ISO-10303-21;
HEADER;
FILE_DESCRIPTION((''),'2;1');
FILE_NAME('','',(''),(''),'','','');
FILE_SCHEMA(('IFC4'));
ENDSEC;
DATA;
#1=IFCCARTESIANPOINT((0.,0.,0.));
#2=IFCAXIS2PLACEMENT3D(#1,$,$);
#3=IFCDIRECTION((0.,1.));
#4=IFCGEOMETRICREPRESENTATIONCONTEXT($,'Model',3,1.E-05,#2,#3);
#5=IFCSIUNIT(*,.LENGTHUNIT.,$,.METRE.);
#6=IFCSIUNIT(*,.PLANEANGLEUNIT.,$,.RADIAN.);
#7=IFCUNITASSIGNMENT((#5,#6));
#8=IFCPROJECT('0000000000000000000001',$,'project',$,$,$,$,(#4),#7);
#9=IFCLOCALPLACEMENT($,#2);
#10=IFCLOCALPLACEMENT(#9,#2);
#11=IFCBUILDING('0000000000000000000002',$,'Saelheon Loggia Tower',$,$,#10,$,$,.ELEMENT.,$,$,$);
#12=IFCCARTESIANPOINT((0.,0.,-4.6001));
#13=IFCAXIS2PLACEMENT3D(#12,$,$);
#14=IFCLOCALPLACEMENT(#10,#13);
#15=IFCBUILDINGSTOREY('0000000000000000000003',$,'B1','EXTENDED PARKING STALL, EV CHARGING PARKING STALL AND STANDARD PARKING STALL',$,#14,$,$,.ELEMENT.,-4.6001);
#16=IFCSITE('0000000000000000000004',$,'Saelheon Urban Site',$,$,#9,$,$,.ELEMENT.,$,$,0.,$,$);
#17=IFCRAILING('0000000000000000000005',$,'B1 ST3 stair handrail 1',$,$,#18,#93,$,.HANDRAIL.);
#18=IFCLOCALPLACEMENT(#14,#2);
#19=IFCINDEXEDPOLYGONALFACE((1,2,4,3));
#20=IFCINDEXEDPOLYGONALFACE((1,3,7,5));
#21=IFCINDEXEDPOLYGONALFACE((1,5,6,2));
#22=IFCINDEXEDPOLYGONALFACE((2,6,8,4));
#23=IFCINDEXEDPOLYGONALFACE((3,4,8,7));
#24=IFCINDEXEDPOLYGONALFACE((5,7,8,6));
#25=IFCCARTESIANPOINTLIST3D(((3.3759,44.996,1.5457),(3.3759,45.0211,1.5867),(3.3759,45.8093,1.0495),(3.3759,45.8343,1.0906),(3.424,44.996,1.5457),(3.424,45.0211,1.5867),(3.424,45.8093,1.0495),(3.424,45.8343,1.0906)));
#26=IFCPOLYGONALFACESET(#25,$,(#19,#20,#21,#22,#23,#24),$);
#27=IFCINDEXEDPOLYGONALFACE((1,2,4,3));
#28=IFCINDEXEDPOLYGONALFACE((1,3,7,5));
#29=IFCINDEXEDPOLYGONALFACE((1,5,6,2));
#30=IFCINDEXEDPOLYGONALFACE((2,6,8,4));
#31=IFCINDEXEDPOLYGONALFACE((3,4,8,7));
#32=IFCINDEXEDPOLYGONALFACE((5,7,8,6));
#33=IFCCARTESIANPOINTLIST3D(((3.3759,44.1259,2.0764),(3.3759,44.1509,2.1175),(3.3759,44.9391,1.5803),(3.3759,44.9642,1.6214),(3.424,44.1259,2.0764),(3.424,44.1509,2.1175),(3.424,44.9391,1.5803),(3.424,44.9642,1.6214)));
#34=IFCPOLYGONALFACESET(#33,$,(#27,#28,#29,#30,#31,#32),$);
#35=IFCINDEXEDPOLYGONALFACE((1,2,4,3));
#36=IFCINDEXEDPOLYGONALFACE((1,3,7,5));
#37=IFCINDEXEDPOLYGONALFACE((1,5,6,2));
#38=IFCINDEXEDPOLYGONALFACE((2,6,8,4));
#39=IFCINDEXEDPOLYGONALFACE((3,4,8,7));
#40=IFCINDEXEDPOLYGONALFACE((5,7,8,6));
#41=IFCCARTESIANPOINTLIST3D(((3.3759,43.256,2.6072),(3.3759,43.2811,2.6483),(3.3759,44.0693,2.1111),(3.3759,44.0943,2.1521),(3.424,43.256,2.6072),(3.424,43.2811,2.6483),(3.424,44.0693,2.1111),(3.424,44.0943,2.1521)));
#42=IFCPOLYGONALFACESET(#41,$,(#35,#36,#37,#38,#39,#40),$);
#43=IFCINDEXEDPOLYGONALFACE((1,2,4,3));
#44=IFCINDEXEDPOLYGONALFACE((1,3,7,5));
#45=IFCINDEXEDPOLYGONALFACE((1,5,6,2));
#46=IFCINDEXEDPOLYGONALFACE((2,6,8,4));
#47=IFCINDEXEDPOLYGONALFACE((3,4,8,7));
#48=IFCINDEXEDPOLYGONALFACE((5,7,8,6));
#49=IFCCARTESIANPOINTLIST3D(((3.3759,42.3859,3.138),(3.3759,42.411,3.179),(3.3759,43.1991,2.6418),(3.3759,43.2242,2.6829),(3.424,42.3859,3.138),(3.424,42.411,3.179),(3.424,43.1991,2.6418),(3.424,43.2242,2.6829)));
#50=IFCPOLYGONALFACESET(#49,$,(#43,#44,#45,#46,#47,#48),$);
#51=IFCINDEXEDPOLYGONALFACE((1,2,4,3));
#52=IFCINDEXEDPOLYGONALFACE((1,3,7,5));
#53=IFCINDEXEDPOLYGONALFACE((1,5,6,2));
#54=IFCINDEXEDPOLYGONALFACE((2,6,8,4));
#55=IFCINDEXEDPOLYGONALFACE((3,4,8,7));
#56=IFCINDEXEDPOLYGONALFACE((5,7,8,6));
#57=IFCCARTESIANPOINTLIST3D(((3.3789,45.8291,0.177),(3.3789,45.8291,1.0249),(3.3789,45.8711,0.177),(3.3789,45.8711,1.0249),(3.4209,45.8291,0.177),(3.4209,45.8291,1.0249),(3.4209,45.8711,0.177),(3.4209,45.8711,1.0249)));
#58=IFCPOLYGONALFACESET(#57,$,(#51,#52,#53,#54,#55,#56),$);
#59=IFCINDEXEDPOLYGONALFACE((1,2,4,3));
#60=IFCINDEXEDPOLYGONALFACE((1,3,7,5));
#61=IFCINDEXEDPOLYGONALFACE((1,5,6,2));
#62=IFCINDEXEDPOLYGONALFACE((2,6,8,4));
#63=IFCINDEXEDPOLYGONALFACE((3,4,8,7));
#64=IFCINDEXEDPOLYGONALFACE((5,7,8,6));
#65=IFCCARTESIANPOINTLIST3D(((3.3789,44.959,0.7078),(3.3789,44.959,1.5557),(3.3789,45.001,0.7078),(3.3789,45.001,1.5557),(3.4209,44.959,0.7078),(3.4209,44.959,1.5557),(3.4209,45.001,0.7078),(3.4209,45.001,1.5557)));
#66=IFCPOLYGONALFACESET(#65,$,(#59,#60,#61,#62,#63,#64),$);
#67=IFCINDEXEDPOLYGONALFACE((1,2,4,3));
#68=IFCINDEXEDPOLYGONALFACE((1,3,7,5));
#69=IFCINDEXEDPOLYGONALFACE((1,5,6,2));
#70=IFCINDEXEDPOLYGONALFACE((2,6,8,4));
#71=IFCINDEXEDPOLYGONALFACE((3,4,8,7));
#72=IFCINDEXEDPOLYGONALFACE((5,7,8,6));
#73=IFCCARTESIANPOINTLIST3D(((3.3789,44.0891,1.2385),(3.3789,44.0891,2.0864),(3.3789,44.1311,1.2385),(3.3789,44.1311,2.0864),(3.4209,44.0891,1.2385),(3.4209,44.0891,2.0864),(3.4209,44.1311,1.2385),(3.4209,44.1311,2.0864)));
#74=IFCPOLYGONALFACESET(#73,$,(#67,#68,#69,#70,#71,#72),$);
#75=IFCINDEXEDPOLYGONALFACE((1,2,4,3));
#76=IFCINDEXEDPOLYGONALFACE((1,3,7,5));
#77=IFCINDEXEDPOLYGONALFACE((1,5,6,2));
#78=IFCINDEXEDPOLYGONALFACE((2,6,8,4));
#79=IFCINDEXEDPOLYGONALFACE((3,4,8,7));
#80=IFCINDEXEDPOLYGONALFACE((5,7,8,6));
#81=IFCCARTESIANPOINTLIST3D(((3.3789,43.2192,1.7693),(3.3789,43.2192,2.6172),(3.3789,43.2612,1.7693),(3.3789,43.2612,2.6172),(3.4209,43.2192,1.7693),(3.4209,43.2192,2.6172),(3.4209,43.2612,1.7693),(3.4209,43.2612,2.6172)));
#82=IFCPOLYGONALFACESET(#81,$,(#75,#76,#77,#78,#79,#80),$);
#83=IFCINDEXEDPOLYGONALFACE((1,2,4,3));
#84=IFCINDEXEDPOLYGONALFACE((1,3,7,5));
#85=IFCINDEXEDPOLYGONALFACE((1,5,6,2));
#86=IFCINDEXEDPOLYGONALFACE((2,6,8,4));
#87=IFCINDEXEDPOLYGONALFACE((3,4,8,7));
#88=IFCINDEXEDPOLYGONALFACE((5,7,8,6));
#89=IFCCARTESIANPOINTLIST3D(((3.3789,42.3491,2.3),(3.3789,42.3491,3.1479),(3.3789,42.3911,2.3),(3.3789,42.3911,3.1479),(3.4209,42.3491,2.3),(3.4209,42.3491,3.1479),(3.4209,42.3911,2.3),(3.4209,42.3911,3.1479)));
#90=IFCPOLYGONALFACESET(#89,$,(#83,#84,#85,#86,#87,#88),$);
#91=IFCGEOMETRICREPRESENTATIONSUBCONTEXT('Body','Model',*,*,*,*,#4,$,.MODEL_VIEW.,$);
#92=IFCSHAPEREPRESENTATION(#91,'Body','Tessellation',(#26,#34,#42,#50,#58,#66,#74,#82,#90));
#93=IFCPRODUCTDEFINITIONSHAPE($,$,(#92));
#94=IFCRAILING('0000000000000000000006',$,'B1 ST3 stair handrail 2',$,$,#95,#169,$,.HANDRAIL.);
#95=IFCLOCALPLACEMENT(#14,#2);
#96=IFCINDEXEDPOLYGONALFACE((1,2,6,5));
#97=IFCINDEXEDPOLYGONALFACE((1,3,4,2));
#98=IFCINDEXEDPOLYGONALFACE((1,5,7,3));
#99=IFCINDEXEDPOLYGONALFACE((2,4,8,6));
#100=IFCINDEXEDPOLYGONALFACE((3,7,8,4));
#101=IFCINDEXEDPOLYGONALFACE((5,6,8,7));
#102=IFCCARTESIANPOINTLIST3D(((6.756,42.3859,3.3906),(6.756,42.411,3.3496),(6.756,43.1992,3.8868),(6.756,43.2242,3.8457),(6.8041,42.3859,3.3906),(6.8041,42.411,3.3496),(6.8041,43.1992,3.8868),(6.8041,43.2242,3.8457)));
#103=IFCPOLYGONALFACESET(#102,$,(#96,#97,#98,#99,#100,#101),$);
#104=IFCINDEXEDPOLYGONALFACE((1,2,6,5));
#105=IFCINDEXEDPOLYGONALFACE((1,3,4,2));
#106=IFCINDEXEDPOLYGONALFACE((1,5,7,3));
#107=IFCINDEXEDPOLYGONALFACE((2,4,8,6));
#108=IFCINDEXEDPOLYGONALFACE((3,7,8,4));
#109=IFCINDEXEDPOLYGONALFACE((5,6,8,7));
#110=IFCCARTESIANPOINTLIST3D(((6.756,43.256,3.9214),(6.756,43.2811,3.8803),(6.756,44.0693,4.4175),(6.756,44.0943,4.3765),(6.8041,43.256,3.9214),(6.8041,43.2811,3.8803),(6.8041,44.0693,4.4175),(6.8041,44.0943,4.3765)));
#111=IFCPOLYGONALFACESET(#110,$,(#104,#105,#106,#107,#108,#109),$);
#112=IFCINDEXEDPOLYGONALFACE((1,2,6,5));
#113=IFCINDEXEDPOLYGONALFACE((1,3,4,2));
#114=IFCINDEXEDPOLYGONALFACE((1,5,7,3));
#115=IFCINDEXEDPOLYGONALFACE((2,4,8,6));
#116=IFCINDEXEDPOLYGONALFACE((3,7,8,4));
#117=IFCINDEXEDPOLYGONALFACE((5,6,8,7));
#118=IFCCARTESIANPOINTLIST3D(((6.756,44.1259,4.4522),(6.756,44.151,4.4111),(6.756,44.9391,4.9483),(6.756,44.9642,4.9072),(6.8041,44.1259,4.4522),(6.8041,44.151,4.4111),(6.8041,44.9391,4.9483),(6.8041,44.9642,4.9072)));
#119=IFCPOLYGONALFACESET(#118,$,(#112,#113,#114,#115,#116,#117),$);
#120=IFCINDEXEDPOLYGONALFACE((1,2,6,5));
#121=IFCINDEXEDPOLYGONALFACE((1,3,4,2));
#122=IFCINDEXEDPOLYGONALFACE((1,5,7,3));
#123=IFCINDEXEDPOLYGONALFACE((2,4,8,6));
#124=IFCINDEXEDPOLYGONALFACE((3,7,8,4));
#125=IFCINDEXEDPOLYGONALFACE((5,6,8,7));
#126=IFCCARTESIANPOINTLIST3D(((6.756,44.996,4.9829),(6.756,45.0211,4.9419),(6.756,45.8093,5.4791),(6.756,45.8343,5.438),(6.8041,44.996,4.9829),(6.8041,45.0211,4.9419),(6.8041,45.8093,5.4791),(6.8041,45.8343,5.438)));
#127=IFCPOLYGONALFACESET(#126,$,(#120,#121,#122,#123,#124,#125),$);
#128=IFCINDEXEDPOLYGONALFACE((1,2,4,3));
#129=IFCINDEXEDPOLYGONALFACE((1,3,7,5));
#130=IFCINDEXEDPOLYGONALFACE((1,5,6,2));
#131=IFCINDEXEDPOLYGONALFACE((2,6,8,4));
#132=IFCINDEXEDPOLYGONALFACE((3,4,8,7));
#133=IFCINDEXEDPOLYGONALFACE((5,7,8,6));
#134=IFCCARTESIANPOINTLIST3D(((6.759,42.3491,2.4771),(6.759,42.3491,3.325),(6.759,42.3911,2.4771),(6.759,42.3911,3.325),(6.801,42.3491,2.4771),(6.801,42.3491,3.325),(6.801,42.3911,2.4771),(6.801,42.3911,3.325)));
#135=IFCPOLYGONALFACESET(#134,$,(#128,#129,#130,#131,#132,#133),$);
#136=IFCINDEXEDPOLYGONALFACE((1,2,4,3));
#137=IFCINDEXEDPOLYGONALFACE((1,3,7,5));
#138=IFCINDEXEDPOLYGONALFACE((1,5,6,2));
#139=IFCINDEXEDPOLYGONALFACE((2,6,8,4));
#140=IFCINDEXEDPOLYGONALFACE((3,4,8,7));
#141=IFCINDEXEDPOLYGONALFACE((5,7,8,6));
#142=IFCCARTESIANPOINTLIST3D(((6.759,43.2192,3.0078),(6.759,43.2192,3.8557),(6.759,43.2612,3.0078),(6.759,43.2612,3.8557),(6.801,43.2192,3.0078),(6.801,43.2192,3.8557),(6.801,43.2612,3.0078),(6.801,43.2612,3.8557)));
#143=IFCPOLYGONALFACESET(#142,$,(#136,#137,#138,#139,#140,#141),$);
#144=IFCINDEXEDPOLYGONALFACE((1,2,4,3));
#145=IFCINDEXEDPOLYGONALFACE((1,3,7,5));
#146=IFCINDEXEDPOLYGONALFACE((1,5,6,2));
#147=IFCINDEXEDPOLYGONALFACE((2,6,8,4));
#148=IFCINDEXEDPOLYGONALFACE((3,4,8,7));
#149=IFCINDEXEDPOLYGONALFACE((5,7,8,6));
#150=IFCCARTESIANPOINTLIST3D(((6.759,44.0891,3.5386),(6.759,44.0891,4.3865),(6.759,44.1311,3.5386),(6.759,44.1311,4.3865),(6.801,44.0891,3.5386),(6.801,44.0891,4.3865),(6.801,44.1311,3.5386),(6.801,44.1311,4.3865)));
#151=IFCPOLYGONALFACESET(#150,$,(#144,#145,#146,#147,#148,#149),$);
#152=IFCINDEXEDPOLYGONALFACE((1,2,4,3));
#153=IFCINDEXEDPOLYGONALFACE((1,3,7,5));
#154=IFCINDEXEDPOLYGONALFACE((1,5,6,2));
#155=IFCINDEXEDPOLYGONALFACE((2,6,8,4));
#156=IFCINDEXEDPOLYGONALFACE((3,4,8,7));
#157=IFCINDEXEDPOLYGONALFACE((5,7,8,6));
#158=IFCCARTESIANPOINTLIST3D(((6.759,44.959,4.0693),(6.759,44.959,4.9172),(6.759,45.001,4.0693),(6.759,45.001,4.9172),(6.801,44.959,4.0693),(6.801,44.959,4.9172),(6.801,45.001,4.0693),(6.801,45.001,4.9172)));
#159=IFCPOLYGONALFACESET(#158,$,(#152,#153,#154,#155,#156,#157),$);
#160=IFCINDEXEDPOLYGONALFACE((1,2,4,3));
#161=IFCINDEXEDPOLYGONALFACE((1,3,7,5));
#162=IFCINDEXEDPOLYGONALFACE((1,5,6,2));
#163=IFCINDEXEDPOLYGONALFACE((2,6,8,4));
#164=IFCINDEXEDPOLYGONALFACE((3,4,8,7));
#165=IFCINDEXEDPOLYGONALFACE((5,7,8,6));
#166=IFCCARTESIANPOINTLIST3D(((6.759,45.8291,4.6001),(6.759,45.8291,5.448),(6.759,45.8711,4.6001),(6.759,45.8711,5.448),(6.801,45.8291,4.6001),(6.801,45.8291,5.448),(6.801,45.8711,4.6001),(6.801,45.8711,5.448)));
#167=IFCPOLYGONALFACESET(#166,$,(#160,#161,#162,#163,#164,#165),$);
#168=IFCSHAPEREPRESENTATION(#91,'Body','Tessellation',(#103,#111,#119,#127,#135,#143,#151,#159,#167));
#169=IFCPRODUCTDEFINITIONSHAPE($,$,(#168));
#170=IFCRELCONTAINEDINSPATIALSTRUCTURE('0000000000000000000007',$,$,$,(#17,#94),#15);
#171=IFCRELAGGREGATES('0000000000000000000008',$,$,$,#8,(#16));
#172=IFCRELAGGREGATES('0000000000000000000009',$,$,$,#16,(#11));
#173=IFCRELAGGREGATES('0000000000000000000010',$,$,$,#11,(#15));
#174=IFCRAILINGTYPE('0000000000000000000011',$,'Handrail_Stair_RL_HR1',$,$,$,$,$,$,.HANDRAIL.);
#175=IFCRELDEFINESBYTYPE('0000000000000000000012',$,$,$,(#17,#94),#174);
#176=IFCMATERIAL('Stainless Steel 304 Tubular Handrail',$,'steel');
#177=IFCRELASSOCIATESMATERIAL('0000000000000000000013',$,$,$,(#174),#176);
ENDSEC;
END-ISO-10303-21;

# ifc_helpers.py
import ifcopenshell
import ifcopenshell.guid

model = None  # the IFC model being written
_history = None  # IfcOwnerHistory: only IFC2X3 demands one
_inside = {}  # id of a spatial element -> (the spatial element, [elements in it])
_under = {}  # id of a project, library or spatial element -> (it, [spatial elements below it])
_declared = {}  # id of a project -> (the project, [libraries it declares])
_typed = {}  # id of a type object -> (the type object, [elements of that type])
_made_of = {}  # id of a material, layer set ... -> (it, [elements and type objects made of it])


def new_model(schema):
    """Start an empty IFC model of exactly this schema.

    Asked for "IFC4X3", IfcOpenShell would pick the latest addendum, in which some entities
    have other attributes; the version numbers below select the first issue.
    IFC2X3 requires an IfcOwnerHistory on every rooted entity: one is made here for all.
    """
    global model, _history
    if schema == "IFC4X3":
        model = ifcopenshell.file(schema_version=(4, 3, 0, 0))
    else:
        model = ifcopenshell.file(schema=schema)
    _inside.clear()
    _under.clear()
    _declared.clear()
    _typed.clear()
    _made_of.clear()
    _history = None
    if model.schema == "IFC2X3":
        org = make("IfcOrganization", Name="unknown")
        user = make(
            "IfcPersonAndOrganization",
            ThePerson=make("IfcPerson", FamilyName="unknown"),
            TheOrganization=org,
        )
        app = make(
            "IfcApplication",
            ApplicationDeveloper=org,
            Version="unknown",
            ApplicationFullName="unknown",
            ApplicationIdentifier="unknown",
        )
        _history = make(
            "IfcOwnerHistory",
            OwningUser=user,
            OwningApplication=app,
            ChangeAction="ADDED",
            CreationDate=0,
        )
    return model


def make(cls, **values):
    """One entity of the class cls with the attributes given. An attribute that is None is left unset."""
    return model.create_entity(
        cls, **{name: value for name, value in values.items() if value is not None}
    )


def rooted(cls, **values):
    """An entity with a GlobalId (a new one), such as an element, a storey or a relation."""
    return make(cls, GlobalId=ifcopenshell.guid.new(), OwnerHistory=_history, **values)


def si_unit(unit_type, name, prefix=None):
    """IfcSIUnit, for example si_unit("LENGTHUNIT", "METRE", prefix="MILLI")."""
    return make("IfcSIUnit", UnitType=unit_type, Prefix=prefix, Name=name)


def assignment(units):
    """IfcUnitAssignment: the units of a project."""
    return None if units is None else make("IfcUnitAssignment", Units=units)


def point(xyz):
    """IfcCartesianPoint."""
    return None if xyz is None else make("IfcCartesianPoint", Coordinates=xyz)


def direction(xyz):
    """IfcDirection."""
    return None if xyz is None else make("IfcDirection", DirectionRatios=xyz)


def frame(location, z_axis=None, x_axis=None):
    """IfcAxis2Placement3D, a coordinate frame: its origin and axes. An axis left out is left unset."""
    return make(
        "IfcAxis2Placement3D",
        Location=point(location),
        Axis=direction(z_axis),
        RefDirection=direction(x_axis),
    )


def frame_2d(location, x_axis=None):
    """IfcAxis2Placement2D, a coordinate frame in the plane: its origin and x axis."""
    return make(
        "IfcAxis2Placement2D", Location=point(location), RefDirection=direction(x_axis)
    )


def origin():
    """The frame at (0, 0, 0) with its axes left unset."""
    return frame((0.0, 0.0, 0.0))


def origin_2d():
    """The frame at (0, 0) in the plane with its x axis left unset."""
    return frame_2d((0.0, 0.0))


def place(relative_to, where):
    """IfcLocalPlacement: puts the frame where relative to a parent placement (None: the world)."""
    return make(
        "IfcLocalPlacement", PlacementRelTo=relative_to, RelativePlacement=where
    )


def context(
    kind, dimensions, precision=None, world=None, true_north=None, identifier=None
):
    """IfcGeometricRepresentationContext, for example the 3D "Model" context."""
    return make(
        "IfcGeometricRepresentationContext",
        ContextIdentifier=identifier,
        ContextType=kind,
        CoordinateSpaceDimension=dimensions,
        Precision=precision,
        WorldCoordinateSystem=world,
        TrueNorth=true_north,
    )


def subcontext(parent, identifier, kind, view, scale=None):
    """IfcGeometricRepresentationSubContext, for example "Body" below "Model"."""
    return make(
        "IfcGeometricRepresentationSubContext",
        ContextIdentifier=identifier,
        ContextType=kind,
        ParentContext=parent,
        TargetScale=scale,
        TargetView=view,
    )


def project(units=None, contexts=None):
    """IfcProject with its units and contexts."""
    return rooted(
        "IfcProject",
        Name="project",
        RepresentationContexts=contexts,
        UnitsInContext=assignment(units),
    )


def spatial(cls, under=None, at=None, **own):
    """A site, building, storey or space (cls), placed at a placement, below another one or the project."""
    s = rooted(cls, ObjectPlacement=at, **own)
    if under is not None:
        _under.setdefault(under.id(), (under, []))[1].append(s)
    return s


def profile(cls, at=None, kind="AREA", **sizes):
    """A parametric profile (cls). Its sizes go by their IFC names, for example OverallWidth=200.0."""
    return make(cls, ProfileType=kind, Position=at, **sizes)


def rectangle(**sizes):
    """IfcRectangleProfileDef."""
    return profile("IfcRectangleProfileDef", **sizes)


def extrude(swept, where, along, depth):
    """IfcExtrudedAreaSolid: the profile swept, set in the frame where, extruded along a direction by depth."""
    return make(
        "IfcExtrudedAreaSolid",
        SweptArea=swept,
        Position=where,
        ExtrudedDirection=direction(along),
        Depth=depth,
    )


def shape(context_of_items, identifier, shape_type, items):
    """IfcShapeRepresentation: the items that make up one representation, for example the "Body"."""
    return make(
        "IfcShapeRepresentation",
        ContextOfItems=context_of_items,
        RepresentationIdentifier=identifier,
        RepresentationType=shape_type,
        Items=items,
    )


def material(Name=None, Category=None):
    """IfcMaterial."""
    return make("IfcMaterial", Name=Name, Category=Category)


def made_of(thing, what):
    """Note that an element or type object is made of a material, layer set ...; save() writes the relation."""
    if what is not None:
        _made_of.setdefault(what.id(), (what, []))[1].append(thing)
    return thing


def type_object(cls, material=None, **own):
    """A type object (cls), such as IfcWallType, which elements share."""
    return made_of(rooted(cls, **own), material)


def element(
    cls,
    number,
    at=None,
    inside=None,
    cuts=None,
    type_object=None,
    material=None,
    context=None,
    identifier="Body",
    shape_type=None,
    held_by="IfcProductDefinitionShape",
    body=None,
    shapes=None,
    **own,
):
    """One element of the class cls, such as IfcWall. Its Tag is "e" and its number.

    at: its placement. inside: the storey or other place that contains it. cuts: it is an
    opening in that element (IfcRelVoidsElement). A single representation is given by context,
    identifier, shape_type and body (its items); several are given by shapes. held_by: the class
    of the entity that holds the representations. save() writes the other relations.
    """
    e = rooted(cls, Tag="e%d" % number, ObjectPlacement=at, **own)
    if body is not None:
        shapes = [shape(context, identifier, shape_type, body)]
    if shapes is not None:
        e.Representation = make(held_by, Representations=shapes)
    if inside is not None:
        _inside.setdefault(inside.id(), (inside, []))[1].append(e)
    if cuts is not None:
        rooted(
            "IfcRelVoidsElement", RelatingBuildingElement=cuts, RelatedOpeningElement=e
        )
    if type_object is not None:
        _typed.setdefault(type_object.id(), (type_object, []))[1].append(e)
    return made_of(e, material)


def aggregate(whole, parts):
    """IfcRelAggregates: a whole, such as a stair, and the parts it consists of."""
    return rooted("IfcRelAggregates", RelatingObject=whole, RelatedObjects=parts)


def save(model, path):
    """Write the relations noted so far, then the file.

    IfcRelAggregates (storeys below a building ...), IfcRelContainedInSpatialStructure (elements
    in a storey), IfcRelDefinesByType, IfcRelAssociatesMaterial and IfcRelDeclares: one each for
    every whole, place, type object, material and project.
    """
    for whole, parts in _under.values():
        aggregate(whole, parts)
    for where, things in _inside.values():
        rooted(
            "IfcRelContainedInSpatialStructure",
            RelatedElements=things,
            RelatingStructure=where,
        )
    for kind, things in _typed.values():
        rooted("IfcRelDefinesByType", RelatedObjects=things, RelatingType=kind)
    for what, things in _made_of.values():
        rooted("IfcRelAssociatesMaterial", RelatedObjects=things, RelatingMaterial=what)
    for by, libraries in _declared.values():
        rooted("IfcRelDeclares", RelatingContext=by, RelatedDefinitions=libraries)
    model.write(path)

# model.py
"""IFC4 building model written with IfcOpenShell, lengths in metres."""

from ifc_helpers import new_model, si_unit, direction, frame, origin, origin_2d, place, context, subcontext, project, spatial, rectangle, extrude, material, type_object, element, save


model = new_model("IFC4")

# Units and contexts
model_context = context("Model", 3, precision=1e-05, world=origin(), true_north=direction((0.0, 1.0)))
body_context = subcontext(model_context, "Body", "Model", "MODEL_VIEW")
ifc_project = project(units=[si_unit("LENGTHUNIT", "METRE"), si_unit("PLANEANGLEUNIT", "RADIAN")], contexts=[model_context])

# Site, building, storey
site_placement = place(None, origin())
site = spatial("IfcSite", under=ifc_project, at=site_placement, Name="Saelheon Urban Site", CompositionType="ELEMENT", RefElevation=0.0)
building_placement = place(site_placement, origin())
building = spatial("IfcBuilding", under=site, at=building_placement, Name="Saelheon Loggia Tower", CompositionType="ELEMENT")
storey_placement = place(building_placement, frame((0.0, 0.0, -4.6001)))
storey = spatial("IfcBuildingStorey", under=building, at=storey_placement, Name="B1", Description="EXTENDED PARKING STALL, EV CHARGING PARKING STALL AND STANDARD PARKING STALL", CompositionType="ELEMENT", Elevation=-4.6001)

# Railings
ifc_material_1 = material(Name="Stainless Steel 304 Tubular Handrail", Category="steel")
railing_type_1 = type_object("IfcRailingType", Name="Handrail_Stair_RL_HR1", PredefinedType="HANDRAIL", material=ifc_material_1)
railing_1_placement = place(storey_placement, frame((3.3999, 45.8501, 0.177)))
element("IfcRailing", 1, at=railing_1_placement, inside=storey, type_object=railing_type_1, Name="B1 ST3 stair handrail 1", PredefinedType="HANDRAIL", context=body_context, shape_type="SweptSolid", body=[
    extrude(rectangle(XDim=0.0481, YDim=0.0481, at=origin_2d()), frame((0.0, -0.0283, 0.8931), z_axis=(0.0, -0.853675, 0.520805), x_axis=(1.0, 0.0, 0.0)), (0.0, 0.0, 1.0), 0.9526),
    extrude(rectangle(XDim=0.0481, YDim=0.0481, at=origin_2d()), frame((0.0, -0.8984, 1.4238), z_axis=(0.0, -0.853675, 0.520805), x_axis=(1.0, 0.0, 0.0)), (0.0, 0.0, 1.0), 0.9526),
    extrude(rectangle(XDim=0.0481, YDim=0.0481, at=origin_2d()), frame((0.0, -1.7683, 1.9546), z_axis=(0.0, -0.853675, 0.520805), x_axis=(1.0, 0.0, 0.0)), (0.0, 0.0, 1.0), 0.9526),
    extrude(rectangle(XDim=0.0481, YDim=0.0481, at=origin_2d()), frame((0.0, -2.6384, 2.4854), z_axis=(0.0, -0.853675, 0.520805), x_axis=(1.0, 0.0, 0.0)), (0.0, 0.0, 1.0), 0.9526),
    extrude(rectangle(XDim=0.042, YDim=0.042, at=origin_2d()), origin(), (0.0, 0.0, 1.0), 0.8479),
    extrude(rectangle(XDim=0.042, YDim=0.042, at=origin_2d()), frame((0.0, -0.8701, 0.5308)), (0.0, 0.0, 1.0), 0.8479),
    extrude(rectangle(XDim=0.042, YDim=0.042, at=origin_2d()), frame((0.0, -1.74, 1.0615)), (0.0, 0.0, 1.0), 0.8479),
    extrude(rectangle(XDim=0.042, YDim=0.042, at=origin_2d()), frame((0.0, -2.6099, 1.5923)), (0.0, 0.0, 1.0), 0.8479),
    extrude(rectangle(XDim=0.042, YDim=0.042, at=origin_2d()), frame((0.0, -3.48, 2.123)), (0.0, 0.0, 1.0), 0.8479),
])
railing_2_placement = place(storey_placement, frame((6.78, 42.3701, 2.4771)))
element("IfcRailing", 2, at=railing_2_placement, inside=storey, type_object=railing_type_1, Name="B1 ST3 stair handrail 2", PredefinedType="HANDRAIL", context=body_context, shape_type="SweptSolid", body=[
    extrude(rectangle(XDim=0.0481, YDim=0.0481, at=origin_2d()), frame((0.0, 0.0283, 0.8931), z_axis=(0.0, 0.853675, 0.520805), x_axis=(-1.0, 0.0, 0.0)), (0.0, 0.0, 1.0), 0.9526),
    extrude(rectangle(XDim=0.0481, YDim=0.0481, at=origin_2d()), frame((0.0, 0.8984, 1.4238), z_axis=(0.0, 0.853675, 0.520805), x_axis=(-1.0, 0.0, 0.0)), (0.0, 0.0, 1.0), 0.9526),
    extrude(rectangle(XDim=0.0481, YDim=0.0481, at=origin_2d()), frame((0.0, 1.7683, 1.9546), z_axis=(0.0, 0.853675, 0.520805), x_axis=(-1.0, 0.0, 0.0)), (0.0, 0.0, 1.0), 0.9526),
    extrude(rectangle(XDim=0.0481, YDim=0.0481, at=origin_2d()), frame((0.0, 2.6384, 2.4854), z_axis=(0.0, 0.853675, 0.520805), x_axis=(-1.0, 0.0, 0.0)), (0.0, 0.0, 1.0), 0.9526),
    extrude(rectangle(XDim=0.042, YDim=0.042, at=origin_2d()), origin(), (0.0, 0.0, 1.0), 0.8479),
    extrude(rectangle(XDim=0.042, YDim=0.042, at=origin_2d()), frame((0.0, 0.8701, 0.5308)), (0.0, 0.0, 1.0), 0.8479),
    extrude(rectangle(XDim=0.042, YDim=0.042, at=origin_2d()), frame((0.0, 1.74, 1.0615)), (0.0, 0.0, 1.0), 0.8479),
    extrude(rectangle(XDim=0.042, YDim=0.042, at=origin_2d()), frame((0.0, 2.6099, 1.5923)), (0.0, 0.0, 1.0), 0.8479),
    extrude(rectangle(XDim=0.042, YDim=0.042, at=origin_2d()), frame((0.0, 3.48, 2.123)), (0.0, 0.0, 1.0), 0.8479),
])

save(model, "model.ifc")
